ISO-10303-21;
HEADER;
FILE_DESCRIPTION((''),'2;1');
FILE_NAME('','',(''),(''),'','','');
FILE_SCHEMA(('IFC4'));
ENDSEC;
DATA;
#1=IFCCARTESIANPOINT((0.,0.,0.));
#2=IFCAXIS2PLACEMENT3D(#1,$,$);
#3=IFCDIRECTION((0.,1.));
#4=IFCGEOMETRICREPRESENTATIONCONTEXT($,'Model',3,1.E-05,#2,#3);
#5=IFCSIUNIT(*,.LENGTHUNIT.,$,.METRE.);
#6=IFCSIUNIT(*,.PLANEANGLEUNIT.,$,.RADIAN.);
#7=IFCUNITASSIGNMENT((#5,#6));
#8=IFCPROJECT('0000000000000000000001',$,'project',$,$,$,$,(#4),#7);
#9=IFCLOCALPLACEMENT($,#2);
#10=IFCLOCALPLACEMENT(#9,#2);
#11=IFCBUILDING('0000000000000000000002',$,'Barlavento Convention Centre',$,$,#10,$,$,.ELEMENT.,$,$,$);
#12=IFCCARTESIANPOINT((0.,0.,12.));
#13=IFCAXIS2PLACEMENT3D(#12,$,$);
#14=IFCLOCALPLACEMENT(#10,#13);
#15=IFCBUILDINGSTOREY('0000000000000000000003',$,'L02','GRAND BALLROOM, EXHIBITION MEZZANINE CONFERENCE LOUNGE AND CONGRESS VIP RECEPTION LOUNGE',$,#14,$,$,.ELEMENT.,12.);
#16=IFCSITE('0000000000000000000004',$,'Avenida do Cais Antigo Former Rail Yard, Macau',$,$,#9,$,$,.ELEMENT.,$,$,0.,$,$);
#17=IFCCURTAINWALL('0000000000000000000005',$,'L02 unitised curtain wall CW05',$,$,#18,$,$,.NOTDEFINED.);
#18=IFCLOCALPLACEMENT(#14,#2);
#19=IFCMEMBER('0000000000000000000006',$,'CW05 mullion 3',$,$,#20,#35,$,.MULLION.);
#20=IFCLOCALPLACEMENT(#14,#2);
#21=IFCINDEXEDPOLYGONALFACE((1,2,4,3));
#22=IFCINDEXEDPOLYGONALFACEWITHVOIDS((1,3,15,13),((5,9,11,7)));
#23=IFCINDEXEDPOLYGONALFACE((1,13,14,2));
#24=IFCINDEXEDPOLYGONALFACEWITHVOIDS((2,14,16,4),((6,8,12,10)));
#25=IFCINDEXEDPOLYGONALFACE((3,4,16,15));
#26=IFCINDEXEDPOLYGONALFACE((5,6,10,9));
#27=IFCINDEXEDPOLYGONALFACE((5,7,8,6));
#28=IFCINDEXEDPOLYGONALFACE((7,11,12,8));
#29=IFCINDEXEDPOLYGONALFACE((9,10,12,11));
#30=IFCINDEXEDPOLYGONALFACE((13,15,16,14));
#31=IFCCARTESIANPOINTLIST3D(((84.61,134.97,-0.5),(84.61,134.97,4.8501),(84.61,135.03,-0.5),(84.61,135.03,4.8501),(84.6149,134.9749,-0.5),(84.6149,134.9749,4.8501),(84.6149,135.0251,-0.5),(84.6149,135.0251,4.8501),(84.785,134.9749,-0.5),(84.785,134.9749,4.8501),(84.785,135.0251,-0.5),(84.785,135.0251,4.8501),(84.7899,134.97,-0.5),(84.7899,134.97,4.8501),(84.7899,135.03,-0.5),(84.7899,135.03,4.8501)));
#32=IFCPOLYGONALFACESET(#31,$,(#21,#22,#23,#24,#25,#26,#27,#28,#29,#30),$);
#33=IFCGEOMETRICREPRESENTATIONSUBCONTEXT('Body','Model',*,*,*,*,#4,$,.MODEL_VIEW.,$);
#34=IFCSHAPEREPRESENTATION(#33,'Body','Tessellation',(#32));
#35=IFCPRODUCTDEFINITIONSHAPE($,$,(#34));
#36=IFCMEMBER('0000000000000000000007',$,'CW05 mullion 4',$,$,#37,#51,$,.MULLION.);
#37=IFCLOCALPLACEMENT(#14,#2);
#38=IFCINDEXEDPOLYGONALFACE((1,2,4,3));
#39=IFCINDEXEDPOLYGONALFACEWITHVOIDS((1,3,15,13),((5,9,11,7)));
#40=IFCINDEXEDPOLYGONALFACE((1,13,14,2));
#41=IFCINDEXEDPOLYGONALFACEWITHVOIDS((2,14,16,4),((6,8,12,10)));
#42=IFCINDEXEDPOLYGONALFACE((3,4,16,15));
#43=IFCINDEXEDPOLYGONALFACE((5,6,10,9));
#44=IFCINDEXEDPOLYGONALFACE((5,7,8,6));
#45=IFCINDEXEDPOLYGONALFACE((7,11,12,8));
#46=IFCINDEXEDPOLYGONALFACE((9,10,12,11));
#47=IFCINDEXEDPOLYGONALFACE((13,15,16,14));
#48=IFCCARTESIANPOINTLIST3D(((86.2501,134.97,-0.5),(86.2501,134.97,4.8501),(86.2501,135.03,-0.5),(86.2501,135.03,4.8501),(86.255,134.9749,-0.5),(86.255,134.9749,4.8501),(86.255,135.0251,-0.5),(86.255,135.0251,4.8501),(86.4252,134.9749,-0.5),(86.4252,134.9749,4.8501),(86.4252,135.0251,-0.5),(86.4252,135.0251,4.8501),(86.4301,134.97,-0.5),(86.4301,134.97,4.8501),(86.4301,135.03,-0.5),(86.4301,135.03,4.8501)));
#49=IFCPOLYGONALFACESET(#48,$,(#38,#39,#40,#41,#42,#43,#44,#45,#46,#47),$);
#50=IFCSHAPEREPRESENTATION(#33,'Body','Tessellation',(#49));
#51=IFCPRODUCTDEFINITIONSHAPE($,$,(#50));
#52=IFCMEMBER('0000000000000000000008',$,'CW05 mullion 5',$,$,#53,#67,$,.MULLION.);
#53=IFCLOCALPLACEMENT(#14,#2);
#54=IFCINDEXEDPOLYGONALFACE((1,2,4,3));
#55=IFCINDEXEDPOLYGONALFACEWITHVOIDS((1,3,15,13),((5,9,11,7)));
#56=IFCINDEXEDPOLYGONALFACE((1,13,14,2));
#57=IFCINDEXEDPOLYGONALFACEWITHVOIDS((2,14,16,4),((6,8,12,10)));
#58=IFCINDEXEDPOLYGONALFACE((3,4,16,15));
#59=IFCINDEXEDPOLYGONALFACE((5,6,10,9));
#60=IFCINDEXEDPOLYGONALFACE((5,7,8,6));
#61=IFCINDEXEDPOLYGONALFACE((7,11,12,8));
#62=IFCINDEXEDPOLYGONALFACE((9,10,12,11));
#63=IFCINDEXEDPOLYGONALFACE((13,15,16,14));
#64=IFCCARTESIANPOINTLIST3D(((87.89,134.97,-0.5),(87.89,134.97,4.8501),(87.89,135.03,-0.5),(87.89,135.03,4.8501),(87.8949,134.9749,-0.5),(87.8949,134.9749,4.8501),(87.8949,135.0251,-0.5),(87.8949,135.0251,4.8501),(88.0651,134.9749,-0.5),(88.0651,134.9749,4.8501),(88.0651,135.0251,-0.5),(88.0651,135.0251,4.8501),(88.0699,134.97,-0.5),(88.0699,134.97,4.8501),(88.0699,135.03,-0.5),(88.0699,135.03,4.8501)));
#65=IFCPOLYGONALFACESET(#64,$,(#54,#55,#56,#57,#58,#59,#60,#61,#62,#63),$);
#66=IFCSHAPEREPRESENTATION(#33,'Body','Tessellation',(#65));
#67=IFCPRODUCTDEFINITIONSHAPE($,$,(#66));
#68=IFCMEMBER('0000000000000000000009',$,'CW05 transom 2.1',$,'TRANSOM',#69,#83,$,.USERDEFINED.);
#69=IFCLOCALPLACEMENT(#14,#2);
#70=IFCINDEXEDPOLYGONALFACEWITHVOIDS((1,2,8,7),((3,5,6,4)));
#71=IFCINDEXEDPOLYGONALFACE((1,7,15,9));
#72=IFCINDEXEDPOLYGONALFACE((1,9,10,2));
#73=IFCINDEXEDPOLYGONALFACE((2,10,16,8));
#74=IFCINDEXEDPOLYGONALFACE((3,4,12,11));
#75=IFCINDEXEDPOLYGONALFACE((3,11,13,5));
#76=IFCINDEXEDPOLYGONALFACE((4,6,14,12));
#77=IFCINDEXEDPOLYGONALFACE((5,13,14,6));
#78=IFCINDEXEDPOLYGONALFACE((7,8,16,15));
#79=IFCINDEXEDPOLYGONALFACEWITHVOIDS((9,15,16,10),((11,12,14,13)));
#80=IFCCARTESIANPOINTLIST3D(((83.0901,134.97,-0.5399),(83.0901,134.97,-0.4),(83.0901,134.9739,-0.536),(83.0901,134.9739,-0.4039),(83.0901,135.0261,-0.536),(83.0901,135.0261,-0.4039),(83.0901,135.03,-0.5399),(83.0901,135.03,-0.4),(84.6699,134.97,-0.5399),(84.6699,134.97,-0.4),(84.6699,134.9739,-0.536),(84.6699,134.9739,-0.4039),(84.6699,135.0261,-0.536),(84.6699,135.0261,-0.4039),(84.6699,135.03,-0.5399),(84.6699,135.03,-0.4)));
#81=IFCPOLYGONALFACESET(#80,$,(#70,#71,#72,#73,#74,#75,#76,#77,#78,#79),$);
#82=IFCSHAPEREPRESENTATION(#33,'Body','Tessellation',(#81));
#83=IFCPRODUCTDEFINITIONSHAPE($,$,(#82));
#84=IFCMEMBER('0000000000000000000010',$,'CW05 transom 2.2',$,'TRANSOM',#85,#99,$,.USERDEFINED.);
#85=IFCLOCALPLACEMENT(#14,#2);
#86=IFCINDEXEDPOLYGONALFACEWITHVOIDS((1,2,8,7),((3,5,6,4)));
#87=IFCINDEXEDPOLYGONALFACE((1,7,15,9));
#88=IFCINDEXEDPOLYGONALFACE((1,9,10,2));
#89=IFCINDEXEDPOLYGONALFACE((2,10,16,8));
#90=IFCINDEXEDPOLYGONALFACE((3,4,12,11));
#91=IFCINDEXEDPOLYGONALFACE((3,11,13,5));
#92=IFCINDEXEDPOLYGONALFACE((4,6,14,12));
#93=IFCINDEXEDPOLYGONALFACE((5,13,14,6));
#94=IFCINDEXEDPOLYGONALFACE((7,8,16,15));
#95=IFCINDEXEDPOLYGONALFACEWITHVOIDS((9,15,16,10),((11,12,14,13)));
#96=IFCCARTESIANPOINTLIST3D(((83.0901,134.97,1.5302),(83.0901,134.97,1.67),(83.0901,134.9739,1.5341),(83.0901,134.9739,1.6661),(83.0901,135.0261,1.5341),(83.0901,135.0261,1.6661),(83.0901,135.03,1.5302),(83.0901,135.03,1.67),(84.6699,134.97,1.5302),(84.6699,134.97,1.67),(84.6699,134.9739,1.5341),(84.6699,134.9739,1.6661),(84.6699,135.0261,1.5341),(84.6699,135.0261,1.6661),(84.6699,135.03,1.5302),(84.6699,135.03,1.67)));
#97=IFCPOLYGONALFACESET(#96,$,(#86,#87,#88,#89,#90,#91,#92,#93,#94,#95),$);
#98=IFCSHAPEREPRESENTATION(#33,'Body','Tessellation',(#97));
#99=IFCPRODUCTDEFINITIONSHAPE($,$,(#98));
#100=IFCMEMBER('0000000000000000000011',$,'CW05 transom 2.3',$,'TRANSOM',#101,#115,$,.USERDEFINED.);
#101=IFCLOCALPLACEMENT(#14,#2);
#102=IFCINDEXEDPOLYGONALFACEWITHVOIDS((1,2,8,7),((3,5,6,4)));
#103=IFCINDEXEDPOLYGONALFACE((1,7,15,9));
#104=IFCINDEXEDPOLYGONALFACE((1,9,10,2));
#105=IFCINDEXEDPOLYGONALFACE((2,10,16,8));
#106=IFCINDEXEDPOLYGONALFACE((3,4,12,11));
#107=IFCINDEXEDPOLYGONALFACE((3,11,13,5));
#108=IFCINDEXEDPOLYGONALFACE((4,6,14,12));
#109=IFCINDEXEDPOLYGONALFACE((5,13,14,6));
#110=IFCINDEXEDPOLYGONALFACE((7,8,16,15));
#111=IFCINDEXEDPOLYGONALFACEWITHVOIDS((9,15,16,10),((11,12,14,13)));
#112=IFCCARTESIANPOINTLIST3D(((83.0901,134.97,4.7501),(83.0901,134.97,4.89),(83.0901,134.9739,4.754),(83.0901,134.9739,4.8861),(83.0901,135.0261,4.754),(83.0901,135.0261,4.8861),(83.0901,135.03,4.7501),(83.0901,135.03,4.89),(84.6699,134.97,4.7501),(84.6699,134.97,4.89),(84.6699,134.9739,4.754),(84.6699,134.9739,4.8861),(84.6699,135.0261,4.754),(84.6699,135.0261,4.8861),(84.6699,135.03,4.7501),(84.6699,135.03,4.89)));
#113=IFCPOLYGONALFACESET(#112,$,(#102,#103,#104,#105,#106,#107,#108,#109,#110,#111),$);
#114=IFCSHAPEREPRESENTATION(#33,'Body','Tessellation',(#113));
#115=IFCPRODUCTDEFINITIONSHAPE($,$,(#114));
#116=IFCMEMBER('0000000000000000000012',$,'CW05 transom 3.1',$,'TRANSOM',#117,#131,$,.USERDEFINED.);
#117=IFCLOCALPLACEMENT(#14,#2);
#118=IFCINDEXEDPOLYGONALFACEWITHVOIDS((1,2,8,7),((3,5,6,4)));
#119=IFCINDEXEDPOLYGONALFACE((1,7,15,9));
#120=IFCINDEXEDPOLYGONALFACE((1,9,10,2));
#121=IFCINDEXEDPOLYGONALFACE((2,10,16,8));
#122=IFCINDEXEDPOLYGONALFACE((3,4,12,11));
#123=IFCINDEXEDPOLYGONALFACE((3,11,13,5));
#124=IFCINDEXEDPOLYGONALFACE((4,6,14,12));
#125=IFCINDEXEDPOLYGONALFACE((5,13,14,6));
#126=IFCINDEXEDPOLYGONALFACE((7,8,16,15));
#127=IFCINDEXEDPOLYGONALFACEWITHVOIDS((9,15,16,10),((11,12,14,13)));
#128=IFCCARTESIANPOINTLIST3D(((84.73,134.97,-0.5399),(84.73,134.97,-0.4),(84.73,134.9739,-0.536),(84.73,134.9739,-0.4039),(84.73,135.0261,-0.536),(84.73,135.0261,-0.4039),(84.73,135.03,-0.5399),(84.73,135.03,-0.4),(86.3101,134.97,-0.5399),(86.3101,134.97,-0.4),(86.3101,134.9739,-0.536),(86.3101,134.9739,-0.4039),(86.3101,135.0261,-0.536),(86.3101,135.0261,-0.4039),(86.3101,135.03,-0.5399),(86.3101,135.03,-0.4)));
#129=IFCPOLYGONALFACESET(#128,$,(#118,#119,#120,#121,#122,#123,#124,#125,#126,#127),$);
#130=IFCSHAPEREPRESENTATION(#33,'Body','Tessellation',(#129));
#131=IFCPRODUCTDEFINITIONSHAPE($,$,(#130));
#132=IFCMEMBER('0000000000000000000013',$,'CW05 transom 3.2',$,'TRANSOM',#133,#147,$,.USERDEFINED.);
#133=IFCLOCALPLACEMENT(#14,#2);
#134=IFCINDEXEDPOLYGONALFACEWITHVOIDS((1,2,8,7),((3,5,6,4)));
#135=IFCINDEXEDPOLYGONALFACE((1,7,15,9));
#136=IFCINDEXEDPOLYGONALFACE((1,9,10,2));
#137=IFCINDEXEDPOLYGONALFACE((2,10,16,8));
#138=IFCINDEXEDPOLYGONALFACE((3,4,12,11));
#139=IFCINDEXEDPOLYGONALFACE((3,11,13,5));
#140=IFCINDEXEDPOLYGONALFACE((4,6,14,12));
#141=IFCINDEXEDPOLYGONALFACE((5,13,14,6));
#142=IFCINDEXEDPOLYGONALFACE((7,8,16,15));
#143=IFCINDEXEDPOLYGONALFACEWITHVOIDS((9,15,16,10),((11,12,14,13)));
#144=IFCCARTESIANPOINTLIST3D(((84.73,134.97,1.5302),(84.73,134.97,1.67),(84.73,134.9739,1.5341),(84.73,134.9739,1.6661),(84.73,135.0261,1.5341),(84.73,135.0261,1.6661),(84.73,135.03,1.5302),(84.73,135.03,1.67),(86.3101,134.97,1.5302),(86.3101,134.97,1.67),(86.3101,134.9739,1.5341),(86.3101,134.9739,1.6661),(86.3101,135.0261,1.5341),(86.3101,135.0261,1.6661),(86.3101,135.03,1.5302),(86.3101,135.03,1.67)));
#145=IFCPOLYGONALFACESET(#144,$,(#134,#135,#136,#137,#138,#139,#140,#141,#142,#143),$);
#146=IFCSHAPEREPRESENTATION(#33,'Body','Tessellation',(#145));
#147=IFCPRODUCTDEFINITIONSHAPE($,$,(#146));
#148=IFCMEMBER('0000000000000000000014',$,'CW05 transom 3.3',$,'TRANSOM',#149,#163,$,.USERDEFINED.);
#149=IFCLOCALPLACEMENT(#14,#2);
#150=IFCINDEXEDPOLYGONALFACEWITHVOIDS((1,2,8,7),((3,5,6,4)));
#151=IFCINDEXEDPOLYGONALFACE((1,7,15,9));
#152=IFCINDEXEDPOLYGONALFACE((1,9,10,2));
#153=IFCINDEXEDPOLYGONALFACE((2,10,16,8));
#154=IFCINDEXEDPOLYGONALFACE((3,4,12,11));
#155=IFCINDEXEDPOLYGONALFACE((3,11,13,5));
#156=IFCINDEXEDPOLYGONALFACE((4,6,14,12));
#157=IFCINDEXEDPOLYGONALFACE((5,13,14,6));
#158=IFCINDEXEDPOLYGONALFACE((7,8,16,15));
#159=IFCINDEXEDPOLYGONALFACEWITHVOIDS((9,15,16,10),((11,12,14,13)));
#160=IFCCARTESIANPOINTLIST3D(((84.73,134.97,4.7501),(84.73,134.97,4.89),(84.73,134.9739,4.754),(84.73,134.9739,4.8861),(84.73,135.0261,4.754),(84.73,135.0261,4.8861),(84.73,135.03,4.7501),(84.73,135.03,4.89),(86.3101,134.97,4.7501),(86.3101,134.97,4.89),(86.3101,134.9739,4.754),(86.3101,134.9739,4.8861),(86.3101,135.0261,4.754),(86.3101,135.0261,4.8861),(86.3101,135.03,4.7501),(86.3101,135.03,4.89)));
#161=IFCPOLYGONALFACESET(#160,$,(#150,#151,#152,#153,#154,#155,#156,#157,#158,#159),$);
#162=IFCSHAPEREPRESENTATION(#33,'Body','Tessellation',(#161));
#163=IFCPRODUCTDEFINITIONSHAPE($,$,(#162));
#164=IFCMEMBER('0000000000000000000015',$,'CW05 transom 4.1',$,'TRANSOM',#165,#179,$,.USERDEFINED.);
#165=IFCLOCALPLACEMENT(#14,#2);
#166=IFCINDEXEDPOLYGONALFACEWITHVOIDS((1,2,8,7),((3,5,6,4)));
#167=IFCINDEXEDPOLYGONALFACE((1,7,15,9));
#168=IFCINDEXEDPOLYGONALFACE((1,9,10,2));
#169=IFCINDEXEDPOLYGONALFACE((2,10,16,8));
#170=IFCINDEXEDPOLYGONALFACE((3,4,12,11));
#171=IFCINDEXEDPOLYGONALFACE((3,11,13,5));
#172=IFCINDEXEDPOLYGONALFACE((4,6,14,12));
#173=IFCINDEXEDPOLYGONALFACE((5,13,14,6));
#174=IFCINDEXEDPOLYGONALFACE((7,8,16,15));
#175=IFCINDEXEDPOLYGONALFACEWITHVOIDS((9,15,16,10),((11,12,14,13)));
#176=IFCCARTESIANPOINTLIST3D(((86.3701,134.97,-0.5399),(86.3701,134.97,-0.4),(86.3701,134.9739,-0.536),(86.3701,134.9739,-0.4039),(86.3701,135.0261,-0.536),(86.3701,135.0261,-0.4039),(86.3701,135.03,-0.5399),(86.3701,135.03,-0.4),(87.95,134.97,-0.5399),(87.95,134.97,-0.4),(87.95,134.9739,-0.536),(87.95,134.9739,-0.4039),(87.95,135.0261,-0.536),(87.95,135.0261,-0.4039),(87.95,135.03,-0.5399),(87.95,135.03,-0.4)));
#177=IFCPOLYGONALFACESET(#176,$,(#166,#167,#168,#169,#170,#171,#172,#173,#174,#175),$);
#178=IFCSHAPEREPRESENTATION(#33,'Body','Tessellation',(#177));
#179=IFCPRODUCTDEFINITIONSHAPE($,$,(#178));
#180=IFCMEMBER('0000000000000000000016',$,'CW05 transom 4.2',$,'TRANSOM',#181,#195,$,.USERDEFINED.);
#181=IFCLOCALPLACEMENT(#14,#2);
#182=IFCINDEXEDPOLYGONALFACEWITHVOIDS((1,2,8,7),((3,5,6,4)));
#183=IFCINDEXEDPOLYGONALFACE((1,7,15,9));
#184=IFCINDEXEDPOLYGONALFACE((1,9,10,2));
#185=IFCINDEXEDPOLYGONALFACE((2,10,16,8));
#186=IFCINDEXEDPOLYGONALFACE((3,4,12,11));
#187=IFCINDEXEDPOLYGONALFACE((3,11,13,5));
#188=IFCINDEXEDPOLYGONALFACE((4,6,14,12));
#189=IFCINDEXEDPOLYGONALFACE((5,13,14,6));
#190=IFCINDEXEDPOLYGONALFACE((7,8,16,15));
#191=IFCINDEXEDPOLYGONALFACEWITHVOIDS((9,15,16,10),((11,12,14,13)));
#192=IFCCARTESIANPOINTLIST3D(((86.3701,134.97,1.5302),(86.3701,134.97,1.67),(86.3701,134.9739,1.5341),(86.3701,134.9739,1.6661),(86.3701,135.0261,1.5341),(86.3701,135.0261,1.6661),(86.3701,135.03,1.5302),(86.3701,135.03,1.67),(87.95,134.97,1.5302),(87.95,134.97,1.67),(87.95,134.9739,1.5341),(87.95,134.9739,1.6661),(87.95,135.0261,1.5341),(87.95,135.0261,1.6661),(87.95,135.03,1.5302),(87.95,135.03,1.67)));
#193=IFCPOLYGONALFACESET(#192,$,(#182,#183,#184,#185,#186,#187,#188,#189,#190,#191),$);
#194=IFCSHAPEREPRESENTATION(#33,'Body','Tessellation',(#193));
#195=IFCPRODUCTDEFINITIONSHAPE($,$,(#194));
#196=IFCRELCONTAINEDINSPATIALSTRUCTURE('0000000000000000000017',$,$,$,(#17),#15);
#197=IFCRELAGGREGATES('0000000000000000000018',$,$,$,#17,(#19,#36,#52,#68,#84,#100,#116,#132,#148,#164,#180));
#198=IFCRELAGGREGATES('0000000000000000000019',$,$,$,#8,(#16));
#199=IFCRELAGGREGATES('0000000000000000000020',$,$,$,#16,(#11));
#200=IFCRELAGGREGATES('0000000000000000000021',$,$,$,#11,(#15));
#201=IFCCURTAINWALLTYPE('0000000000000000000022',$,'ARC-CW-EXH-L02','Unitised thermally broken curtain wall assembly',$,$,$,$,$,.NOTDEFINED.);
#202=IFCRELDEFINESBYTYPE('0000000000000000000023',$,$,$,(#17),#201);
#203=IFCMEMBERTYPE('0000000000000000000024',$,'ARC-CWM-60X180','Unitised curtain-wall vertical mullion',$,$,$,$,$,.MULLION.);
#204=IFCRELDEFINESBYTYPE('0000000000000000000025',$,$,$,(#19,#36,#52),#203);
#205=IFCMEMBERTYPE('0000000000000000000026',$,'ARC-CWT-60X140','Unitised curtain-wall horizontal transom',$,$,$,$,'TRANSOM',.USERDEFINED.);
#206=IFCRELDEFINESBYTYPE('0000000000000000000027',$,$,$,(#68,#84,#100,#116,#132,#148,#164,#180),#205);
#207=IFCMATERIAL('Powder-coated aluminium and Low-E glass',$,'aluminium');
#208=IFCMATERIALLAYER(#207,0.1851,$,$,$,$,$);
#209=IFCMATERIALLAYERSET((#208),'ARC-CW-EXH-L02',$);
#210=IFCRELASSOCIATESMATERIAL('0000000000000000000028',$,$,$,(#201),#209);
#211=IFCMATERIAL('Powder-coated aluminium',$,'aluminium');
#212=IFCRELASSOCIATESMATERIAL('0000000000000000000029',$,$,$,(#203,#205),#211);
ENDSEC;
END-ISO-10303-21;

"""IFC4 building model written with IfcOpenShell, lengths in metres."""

from ifc_helpers import new_model, si_unit, direction, frame, origin, origin_2d, place, context, subcontext, project, spatial, hollow_rectangle, extrude, material, layer, layer_set, material_profile, profile_set, type_object, element, aggregate, save


model = new_model("IFC4")

# Units and contexts
model_context = context("Model", 3, precision=1e-05, world=origin(), true_north=direction((0.0, 1.0)))
body_context = subcontext(model_context, "Body", "Model", "MODEL_VIEW")
ifc_project = project(units=[si_unit("LENGTHUNIT", "METRE"), si_unit("PLANEANGLEUNIT", "RADIAN")], contexts=[model_context])

# Site, building, storey
site_placement = place(None, origin())
site = spatial("IfcSite", under=ifc_project, at=site_placement, Name="Avenida do Cais Antigo Former Rail Yard, Macau", CompositionType="ELEMENT", RefElevation=0.0)
building_placement = place(site_placement, origin())
building = spatial("IfcBuilding", under=site, at=building_placement, Name="Barlavento Convention Centre", CompositionType="ELEMENT")
storey_placement = place(building_placement, frame((0.0, 0.0, 12.0)))
storey = spatial("IfcBuildingStorey", under=building, at=storey_placement, Name="L02", Description="GRAND BALLROOM, EXHIBITION MEZZANINE CONFERENCE LOUNGE AND CONGRESS VIP RECEPTION LOUNGE", CompositionType="ELEMENT", Elevation=12.0)

# Curtain wall, members
ifc_material_1 = material(Name="Powder-coated aluminium and Low-E glass", Category="aluminium")
ifc_layer_1 = layer(ifc_material_1, 0.1851)
ifc_layer_set_1 = layer_set([ifc_layer_1], Name="ARC-CW-EXH-L02")
curtain_wall_type = type_object("IfcCurtainWallType", Name="ARC-CW-EXH-L02", Description="Unitised thermally broken curtain wall assembly", PredefinedType="NOTDEFINED", material=ifc_layer_set_1)
curtain_wall_placement = place(storey_placement, origin())
curtain_wall = element("IfcCurtainWall", 1, at=curtain_wall_placement, inside=storey, type_object=curtain_wall_type, Name="L02 unitised curtain wall CW05", PredefinedType="NOTDEFINED")
ifc_material_2 = material(Name="Powder-coated aluminium", Category="aluminium")
ifc_material_profile_1 = material_profile(ifc_material_2, hollow_rectangle(XDim=0.0601, YDim=0.1799, WallThickness=0.0049, at=origin_2d()), Name="AL-MULL 60x180x5")
ifc_profile_set_1 = profile_set([ifc_material_profile_1], Name="Powder-coated aluminium")
member_type_1 = type_object("IfcMemberType", Name="ARC-CWM-60X180", Description="Unitised curtain-wall vertical mullion", PredefinedType="MULLION", material=ifc_profile_set_1)
member_1_placement = place(storey_placement, frame((84.7, 135.0, -0.5), z_axis=(0.0, 0.0, 1.0), x_axis=(0.0, 1.0, 0.0)))
member_1 = element("IfcMember", 2, at=member_1_placement, type_object=member_type_1, Name="CW05 mullion 3", PredefinedType="MULLION", context=body_context, shape_type="SweptSolid", body=[
    extrude(hollow_rectangle(XDim=0.0601, YDim=0.1799, WallThickness=0.0049, at=origin_2d()), origin(), (0.0, 0.0, 1.0), 5.3501),
])
member_2_placement = place(storey_placement, frame((86.3401, 135.0, -0.5), z_axis=(0.0, 0.0, 1.0), x_axis=(0.0, 1.0, 0.0)))
member_2 = element("IfcMember", 3, at=member_2_placement, type_object=member_type_1, Name="CW05 mullion 4", PredefinedType="MULLION", context=body_context, shape_type="SweptSolid", body=[
    extrude(hollow_rectangle(XDim=0.0601, YDim=0.1799, WallThickness=0.0049, at=origin_2d()), origin(), (0.0, 0.0, 1.0), 5.3501),
])
member_3_placement = place(storey_placement, frame((87.98, 135.0, -0.5), z_axis=(0.0, 0.0, 1.0), x_axis=(0.0, 1.0, 0.0)))
member_3 = element("IfcMember", 4, at=member_3_placement, type_object=member_type_1, Name="CW05 mullion 5", PredefinedType="MULLION", context=body_context, shape_type="SweptSolid", body=[
    extrude(hollow_rectangle(XDim=0.0601, YDim=0.1799, WallThickness=0.0049, at=origin_2d()), origin(), (0.0, 0.0, 1.0), 5.3501),
])
ifc_material_profile_2 = material_profile(ifc_material_2, hollow_rectangle(XDim=0.0601, YDim=0.1399, WallThickness=0.0039, at=origin_2d()), Name="AL-TRAN 60x140x4")
ifc_profile_set_2 = profile_set([ifc_material_profile_2], Name="Powder-coated aluminium")
member_type_2 = type_object("IfcMemberType", Name="ARC-CWT-60X140", Description="Unitised curtain-wall horizontal transom", ElementType="TRANSOM", PredefinedType="USERDEFINED", material=ifc_profile_set_2)
member_4_placement = place(storey_placement, frame((83.0901, 135.0, -0.47), z_axis=(1.0, 0.0, 0.0), x_axis=(0.0, 1.0, 0.0)))
member_4 = element("IfcMember", 5, at=member_4_placement, type_object=member_type_2, Name="CW05 transom 2.1", ObjectType="TRANSOM", PredefinedType="USERDEFINED", context=body_context, shape_type="SweptSolid", body=[
    extrude(hollow_rectangle(XDim=0.0601, YDim=0.1399, WallThickness=0.0039, at=origin_2d()), origin(), (0.0, 0.0, 1.0), 1.5798),
])
member_5_placement = place(storey_placement, frame((83.0901, 135.0, 1.6001), z_axis=(1.0, 0.0, 0.0), x_axis=(0.0, 1.0, 0.0)))
member_5 = element("IfcMember", 6, at=member_5_placement, type_object=member_type_2, Name="CW05 transom 2.2", ObjectType="TRANSOM", PredefinedType="USERDEFINED", context=body_context, shape_type="SweptSolid", body=[
    extrude(hollow_rectangle(XDim=0.0601, YDim=0.1399, WallThickness=0.0039, at=origin_2d()), origin(), (0.0, 0.0, 1.0), 1.5798),
])
member_6_placement = place(storey_placement, frame((83.0901, 135.0, 4.8201), z_axis=(1.0, 0.0, 0.0), x_axis=(0.0, 1.0, 0.0)))
member_6 = element("IfcMember", 7, at=member_6_placement, type_object=member_type_2, Name="CW05 transom 2.3", ObjectType="TRANSOM", PredefinedType="USERDEFINED", context=body_context, shape_type="SweptSolid", body=[
    extrude(hollow_rectangle(XDim=0.0601, YDim=0.1399, WallThickness=0.0039, at=origin_2d()), origin(), (0.0, 0.0, 1.0), 1.5798),
])
member_7_placement = place(storey_placement, frame((84.73, 135.0, -0.47), z_axis=(1.0, 0.0, 0.0), x_axis=(0.0, 1.0, 0.0)))
member_7 = element("IfcMember", 8, at=member_7_placement, type_object=member_type_2, Name="CW05 transom 3.1", ObjectType="TRANSOM", PredefinedType="USERDEFINED", context=body_context, shape_type="SweptSolid", body=[
    extrude(hollow_rectangle(XDim=0.0601, YDim=0.1399, WallThickness=0.0039, at=origin_2d()), origin(), (0.0, 0.0, 1.0), 1.5801),
])
member_8_placement = place(storey_placement, frame((84.73, 135.0, 1.6001), z_axis=(1.0, 0.0, 0.0), x_axis=(0.0, 1.0, 0.0)))
member_8 = element("IfcMember", 9, at=member_8_placement, type_object=member_type_2, Name="CW05 transom 3.2", ObjectType="TRANSOM", PredefinedType="USERDEFINED", context=body_context, shape_type="SweptSolid", body=[
    extrude(hollow_rectangle(XDim=0.0601, YDim=0.1399, WallThickness=0.0039, at=origin_2d()), origin(), (0.0, 0.0, 1.0), 1.5801),
])
member_9_placement = place(storey_placement, frame((84.73, 135.0, 4.8201), z_axis=(1.0, 0.0, 0.0), x_axis=(0.0, 1.0, 0.0)))
member_9 = element("IfcMember", 10, at=member_9_placement, type_object=member_type_2, Name="CW05 transom 3.3", ObjectType="TRANSOM", PredefinedType="USERDEFINED", context=body_context, shape_type="SweptSolid", body=[
    extrude(hollow_rectangle(XDim=0.0601, YDim=0.1399, WallThickness=0.0039, at=origin_2d()), origin(), (0.0, 0.0, 1.0), 1.5801),
])
member_10_placement = place(storey_placement, frame((86.3701, 135.0, -0.47), z_axis=(1.0, 0.0, 0.0), x_axis=(0.0, 1.0, 0.0)))
member_10 = element("IfcMember", 11, at=member_10_placement, type_object=member_type_2, Name="CW05 transom 4.1", ObjectType="TRANSOM", PredefinedType="USERDEFINED", context=body_context, shape_type="SweptSolid", body=[
    extrude(hollow_rectangle(XDim=0.0601, YDim=0.1399, WallThickness=0.0039, at=origin_2d()), origin(), (0.0, 0.0, 1.0), 1.5798),
])
member_11_placement = place(storey_placement, frame((86.3701, 135.0, 1.6001), z_axis=(1.0, 0.0, 0.0), x_axis=(0.0, 1.0, 0.0)))
member_11 = element("IfcMember", 12, at=member_11_placement, type_object=member_type_2, Name="CW05 transom 4.2", ObjectType="TRANSOM", PredefinedType="USERDEFINED", context=body_context, shape_type="SweptSolid", body=[
    extrude(hollow_rectangle(XDim=0.0601, YDim=0.1399, WallThickness=0.0039, at=origin_2d()), origin(), (0.0, 0.0, 1.0), 1.5798),
])
aggregate(curtain_wall, [member_1, member_2, member_3, member_4, member_5, member_6, member_7, member_8, member_9, member_10, member_11])

save(model, "model.ifc")
